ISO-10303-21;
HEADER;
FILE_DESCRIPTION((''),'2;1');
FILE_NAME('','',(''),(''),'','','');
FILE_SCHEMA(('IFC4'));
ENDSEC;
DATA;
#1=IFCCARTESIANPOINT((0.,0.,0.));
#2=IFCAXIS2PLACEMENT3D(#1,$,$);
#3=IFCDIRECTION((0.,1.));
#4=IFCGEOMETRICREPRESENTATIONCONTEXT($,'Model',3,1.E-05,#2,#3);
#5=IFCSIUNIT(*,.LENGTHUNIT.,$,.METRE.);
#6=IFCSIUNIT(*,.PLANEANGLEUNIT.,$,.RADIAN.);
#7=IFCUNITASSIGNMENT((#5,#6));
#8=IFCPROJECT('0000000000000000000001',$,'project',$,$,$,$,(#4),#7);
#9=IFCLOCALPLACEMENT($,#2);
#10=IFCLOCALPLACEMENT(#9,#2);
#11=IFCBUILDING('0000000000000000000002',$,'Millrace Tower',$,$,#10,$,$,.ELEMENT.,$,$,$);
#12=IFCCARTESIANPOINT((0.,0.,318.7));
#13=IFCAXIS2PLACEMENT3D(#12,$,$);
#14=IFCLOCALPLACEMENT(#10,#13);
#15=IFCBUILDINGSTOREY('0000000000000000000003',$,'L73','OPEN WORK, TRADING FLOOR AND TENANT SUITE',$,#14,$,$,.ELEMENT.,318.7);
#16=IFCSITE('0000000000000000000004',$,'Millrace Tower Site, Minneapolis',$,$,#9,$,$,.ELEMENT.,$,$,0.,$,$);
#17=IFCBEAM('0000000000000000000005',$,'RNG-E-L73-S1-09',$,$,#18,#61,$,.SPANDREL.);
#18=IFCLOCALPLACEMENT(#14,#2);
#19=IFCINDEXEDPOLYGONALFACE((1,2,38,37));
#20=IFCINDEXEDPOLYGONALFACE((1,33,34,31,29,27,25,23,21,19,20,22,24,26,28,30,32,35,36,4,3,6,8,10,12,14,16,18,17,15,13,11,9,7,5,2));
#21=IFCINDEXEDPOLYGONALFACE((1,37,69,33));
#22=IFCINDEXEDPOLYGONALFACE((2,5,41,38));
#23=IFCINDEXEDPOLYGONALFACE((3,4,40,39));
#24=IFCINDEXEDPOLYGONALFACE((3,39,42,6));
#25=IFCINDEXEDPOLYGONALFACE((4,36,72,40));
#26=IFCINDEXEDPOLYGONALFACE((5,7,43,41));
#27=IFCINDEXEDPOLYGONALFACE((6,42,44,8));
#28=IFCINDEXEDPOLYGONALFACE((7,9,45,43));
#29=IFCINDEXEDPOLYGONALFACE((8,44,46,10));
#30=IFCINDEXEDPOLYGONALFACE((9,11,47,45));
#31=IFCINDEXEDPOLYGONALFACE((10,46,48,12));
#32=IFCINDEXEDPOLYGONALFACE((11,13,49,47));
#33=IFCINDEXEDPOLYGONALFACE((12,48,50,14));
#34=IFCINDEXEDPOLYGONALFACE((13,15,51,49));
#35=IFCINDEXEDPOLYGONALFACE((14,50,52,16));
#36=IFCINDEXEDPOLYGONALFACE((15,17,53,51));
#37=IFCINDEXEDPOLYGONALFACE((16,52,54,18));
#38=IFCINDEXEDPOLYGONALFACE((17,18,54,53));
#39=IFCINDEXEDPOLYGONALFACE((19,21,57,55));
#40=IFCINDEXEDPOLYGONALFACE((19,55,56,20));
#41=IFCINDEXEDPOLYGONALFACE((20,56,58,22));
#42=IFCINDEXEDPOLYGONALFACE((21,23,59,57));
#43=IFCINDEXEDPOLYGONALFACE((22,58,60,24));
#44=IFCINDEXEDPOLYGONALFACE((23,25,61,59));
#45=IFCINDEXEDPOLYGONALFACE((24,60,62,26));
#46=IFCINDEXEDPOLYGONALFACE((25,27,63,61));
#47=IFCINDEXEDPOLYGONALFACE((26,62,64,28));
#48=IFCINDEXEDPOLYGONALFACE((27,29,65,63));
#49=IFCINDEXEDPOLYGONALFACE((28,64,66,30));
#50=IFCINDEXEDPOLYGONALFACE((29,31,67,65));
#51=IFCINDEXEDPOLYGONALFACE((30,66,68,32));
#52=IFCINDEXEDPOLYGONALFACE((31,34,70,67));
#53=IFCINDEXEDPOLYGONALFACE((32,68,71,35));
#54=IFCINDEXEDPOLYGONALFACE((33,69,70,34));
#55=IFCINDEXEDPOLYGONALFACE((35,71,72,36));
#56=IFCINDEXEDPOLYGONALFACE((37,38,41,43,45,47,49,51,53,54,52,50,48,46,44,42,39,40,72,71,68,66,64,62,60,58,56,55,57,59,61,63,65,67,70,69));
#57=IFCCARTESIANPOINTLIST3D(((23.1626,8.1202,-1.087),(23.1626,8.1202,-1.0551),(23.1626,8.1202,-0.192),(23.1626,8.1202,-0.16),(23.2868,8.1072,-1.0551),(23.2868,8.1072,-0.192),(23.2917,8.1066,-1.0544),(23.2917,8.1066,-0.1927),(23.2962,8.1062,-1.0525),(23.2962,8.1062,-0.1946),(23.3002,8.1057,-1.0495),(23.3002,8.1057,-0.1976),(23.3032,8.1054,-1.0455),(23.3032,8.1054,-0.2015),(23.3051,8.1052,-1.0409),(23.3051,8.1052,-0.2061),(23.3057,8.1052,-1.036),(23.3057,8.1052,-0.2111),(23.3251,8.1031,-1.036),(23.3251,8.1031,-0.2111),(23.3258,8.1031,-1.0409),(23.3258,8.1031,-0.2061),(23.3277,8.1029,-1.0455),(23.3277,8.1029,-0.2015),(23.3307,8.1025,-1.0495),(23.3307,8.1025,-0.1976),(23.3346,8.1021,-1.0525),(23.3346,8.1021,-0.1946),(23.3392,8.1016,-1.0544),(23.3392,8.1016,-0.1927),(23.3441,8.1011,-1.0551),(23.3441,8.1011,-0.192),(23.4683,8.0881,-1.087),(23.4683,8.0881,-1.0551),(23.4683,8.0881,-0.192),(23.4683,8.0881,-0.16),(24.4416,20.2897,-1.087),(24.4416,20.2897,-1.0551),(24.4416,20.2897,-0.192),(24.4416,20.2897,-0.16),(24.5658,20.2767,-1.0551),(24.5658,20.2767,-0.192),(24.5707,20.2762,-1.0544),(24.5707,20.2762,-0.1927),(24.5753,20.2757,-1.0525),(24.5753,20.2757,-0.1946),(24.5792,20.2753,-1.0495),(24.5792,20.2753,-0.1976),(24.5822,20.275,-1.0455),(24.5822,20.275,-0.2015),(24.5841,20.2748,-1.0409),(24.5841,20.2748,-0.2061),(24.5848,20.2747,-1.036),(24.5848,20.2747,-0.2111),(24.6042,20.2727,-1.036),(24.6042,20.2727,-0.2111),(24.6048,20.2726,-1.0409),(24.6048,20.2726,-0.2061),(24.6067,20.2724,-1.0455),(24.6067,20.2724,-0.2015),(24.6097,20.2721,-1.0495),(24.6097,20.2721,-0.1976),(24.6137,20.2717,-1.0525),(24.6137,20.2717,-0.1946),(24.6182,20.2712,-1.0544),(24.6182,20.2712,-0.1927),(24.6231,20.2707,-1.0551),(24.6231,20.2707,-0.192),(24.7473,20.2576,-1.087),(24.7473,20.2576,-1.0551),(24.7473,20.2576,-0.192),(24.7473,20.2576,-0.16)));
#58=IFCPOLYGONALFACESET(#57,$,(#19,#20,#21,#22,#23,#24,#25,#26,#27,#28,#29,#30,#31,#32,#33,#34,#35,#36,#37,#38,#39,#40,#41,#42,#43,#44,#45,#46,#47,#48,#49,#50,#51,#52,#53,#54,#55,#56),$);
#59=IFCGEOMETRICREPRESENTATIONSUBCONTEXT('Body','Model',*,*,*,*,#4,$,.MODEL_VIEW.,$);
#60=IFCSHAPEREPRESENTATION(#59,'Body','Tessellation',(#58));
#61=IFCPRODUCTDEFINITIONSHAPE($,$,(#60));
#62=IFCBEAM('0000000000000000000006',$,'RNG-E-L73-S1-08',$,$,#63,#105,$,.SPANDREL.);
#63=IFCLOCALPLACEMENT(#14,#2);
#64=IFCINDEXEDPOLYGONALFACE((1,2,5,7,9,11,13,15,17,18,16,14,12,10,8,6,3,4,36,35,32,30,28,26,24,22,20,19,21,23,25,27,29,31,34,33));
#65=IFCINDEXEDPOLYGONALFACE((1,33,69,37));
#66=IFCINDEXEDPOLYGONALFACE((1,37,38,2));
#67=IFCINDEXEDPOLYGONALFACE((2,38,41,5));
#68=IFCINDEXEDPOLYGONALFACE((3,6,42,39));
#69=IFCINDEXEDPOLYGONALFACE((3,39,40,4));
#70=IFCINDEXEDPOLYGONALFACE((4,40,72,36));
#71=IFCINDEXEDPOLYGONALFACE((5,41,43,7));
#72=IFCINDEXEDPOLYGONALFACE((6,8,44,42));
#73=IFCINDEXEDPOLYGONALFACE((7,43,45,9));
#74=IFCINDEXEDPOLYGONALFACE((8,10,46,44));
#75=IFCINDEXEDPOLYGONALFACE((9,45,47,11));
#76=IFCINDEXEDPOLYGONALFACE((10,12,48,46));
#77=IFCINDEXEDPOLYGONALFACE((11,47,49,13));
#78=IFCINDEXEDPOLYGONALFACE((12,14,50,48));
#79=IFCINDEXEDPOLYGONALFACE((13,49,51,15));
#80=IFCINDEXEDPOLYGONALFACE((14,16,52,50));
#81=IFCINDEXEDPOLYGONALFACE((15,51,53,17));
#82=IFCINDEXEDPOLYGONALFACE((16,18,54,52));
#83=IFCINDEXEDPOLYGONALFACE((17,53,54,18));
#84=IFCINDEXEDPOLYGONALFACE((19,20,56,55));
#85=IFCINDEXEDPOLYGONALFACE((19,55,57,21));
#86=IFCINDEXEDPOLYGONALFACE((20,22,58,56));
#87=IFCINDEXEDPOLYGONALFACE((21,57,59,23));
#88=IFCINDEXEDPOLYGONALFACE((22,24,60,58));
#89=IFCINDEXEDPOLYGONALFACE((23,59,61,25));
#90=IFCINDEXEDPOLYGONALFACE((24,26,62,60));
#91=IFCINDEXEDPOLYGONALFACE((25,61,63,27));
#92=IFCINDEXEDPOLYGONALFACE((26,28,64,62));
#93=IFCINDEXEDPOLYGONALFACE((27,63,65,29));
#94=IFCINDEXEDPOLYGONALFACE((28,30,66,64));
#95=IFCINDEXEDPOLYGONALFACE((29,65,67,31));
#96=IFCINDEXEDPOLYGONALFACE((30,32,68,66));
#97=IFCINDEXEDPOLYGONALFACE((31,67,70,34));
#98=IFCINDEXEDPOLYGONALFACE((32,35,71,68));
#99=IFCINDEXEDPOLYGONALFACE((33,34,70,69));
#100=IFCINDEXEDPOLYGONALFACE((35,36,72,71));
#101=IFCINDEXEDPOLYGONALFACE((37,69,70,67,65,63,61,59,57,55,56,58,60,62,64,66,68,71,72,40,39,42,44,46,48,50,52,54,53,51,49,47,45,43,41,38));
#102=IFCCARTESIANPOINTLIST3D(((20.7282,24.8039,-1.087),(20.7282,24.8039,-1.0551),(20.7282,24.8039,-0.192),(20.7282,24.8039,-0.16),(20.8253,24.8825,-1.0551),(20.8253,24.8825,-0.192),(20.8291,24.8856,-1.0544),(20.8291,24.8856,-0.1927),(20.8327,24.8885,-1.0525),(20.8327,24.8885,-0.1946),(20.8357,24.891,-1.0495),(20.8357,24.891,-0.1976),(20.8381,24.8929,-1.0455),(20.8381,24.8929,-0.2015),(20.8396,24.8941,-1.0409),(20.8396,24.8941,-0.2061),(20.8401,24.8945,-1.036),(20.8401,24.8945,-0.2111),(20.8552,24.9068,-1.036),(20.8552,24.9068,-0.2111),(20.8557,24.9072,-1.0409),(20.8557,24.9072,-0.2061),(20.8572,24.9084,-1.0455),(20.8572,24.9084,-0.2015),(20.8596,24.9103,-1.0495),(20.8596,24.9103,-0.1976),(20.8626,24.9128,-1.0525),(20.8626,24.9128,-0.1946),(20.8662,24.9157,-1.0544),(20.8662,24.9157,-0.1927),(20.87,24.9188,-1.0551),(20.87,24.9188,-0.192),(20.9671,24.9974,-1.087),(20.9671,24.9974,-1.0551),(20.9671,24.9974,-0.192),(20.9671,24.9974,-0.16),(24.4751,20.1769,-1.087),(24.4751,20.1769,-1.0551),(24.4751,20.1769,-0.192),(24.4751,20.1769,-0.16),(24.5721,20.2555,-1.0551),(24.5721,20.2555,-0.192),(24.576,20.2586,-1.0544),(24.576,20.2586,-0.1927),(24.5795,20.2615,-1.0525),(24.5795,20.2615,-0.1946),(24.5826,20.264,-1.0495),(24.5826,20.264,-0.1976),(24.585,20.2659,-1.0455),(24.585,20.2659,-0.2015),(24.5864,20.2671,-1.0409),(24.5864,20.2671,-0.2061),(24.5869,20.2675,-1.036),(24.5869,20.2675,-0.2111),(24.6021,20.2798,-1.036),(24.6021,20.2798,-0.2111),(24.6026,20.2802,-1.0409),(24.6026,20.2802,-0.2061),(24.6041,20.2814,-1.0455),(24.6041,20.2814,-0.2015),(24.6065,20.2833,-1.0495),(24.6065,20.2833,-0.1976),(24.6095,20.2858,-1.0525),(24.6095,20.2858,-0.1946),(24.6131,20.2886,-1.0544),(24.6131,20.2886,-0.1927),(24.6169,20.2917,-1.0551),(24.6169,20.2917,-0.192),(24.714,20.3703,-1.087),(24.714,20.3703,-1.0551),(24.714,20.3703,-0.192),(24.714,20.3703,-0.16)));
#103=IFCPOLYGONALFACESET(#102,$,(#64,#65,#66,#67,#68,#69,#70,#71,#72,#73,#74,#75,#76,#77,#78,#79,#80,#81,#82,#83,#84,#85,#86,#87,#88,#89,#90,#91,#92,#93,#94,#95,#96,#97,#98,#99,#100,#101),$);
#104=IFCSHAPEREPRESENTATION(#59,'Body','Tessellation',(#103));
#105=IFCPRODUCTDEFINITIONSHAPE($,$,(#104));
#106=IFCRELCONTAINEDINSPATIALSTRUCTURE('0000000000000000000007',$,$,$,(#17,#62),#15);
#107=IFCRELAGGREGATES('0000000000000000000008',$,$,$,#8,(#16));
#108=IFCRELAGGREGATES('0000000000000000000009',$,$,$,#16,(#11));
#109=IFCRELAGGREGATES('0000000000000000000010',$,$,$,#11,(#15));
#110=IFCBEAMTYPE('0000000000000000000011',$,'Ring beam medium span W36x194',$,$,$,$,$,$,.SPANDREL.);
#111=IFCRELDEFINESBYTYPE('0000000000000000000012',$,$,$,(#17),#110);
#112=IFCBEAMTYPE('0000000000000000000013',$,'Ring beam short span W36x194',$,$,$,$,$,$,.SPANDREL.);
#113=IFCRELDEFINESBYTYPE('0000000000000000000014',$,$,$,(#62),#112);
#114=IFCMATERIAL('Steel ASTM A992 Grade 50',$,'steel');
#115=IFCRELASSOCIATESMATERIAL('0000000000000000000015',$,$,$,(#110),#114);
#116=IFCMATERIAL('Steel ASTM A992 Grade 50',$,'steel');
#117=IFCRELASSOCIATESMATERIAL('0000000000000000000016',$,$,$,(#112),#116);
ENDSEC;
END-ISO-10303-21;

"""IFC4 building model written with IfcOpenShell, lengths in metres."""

from ifc_helpers import new_model, si_unit, direction, frame, origin, origin_2d, place, context, subcontext, project, spatial, i_section, extrude, material, material_profile, profile_set, type_object, element, save


model = new_model("IFC4")

# Units and contexts
model_context = context("Model", 3, precision=1e-05, world=origin(), true_north=direction((0.0, 1.0)))
body_context = subcontext(model_context, "Body", "Model", "MODEL_VIEW")
ifc_project = project(units=[si_unit("LENGTHUNIT", "METRE"), si_unit("PLANEANGLEUNIT", "RADIAN")], contexts=[model_context])

# Site, building, storey
site_placement = place(None, origin())
site = spatial("IfcSite", under=ifc_project, at=site_placement, Name="Millrace Tower Site, Minneapolis", CompositionType="ELEMENT", RefElevation=0.0)
building_placement = place(site_placement, origin())
building = spatial("IfcBuilding", under=site, at=building_placement, Name="Millrace Tower", CompositionType="ELEMENT")
storey_placement = place(building_placement, frame((0.0, 0.0, 318.7)))
storey = spatial("IfcBuildingStorey", under=building, at=storey_placement, Name="L73", Description="OPEN WORK, TRADING FLOOR AND TENANT SUITE", CompositionType="ELEMENT", Elevation=318.7)

# Beams
ifc_material_1 = material(Name="Steel ASTM A992 Grade 50", Category="steel")
ifc_material_profile_1 = material_profile(ifc_material_1, i_section(OverallWidth=0.3074, OverallDepth=0.927, WebThickness=0.0195, FlangeThickness=0.032, FilletRadius=0.019, at=origin_2d()))
ifc_profile_set_1 = profile_set([ifc_material_profile_1], Name="Steel ASTM A992 Grade 50")
beam_type_1 = type_object("IfcBeamType", Name="Ring beam medium span W36x194", PredefinedType="SPANDREL", material=ifc_profile_set_1)
beam_1_placement = place(storey_placement, frame((24.5945, 20.2737, -0.6235), z_axis=(-0.104528, -0.994522, 0.0), x_axis=(0.994522, -0.104528, 0.0)))
element("IfcBeam", 1, at=beam_1_placement, inside=storey, type_object=beam_type_1, Name="RNG-E-L73-S1-09", PredefinedType="SPANDREL", context=body_context, shape_type="SweptSolid", body=[
    extrude(i_section(OverallWidth=0.3074, OverallDepth=0.927, WebThickness=0.0195, FlangeThickness=0.032, FilletRadius=0.019, at=origin_2d()), origin(), (0.0, 0.0, 1.0), 12.2366),
])
ifc_material_2 = material(Name="Steel ASTM A992 Grade 50", Category="steel")
ifc_material_profile_2 = material_profile(ifc_material_2, i_section(OverallWidth=0.3074, OverallDepth=0.927, WebThickness=0.0195, FlangeThickness=0.032, FilletRadius=0.019, at=origin_2d()))
ifc_profile_set_2 = profile_set([ifc_material_profile_2], Name="Steel ASTM A992 Grade 50")
beam_type_2 = type_object("IfcBeamType", Name="Ring beam short span W36x194", PredefinedType="SPANDREL", material=ifc_profile_set_2)
beam_2_placement = place(storey_placement, frame((20.8477, 24.9006, -0.6235), z_axis=(0.62932, -0.777147, 0.0), x_axis=(0.777147, 0.62932, 0.0)))
element("IfcBeam", 2, at=beam_2_placement, inside=storey, type_object=beam_type_2, Name="RNG-E-L73-S1-08", PredefinedType="SPANDREL", context=body_context, shape_type="SweptSolid", body=[
    extrude(i_section(OverallWidth=0.3074, OverallDepth=0.927, WebThickness=0.0195, FlangeThickness=0.032, FilletRadius=0.019, at=origin_2d()), origin(), (0.0, 0.0, 1.0), 5.9539),
])

save(model, "model.ifc")
